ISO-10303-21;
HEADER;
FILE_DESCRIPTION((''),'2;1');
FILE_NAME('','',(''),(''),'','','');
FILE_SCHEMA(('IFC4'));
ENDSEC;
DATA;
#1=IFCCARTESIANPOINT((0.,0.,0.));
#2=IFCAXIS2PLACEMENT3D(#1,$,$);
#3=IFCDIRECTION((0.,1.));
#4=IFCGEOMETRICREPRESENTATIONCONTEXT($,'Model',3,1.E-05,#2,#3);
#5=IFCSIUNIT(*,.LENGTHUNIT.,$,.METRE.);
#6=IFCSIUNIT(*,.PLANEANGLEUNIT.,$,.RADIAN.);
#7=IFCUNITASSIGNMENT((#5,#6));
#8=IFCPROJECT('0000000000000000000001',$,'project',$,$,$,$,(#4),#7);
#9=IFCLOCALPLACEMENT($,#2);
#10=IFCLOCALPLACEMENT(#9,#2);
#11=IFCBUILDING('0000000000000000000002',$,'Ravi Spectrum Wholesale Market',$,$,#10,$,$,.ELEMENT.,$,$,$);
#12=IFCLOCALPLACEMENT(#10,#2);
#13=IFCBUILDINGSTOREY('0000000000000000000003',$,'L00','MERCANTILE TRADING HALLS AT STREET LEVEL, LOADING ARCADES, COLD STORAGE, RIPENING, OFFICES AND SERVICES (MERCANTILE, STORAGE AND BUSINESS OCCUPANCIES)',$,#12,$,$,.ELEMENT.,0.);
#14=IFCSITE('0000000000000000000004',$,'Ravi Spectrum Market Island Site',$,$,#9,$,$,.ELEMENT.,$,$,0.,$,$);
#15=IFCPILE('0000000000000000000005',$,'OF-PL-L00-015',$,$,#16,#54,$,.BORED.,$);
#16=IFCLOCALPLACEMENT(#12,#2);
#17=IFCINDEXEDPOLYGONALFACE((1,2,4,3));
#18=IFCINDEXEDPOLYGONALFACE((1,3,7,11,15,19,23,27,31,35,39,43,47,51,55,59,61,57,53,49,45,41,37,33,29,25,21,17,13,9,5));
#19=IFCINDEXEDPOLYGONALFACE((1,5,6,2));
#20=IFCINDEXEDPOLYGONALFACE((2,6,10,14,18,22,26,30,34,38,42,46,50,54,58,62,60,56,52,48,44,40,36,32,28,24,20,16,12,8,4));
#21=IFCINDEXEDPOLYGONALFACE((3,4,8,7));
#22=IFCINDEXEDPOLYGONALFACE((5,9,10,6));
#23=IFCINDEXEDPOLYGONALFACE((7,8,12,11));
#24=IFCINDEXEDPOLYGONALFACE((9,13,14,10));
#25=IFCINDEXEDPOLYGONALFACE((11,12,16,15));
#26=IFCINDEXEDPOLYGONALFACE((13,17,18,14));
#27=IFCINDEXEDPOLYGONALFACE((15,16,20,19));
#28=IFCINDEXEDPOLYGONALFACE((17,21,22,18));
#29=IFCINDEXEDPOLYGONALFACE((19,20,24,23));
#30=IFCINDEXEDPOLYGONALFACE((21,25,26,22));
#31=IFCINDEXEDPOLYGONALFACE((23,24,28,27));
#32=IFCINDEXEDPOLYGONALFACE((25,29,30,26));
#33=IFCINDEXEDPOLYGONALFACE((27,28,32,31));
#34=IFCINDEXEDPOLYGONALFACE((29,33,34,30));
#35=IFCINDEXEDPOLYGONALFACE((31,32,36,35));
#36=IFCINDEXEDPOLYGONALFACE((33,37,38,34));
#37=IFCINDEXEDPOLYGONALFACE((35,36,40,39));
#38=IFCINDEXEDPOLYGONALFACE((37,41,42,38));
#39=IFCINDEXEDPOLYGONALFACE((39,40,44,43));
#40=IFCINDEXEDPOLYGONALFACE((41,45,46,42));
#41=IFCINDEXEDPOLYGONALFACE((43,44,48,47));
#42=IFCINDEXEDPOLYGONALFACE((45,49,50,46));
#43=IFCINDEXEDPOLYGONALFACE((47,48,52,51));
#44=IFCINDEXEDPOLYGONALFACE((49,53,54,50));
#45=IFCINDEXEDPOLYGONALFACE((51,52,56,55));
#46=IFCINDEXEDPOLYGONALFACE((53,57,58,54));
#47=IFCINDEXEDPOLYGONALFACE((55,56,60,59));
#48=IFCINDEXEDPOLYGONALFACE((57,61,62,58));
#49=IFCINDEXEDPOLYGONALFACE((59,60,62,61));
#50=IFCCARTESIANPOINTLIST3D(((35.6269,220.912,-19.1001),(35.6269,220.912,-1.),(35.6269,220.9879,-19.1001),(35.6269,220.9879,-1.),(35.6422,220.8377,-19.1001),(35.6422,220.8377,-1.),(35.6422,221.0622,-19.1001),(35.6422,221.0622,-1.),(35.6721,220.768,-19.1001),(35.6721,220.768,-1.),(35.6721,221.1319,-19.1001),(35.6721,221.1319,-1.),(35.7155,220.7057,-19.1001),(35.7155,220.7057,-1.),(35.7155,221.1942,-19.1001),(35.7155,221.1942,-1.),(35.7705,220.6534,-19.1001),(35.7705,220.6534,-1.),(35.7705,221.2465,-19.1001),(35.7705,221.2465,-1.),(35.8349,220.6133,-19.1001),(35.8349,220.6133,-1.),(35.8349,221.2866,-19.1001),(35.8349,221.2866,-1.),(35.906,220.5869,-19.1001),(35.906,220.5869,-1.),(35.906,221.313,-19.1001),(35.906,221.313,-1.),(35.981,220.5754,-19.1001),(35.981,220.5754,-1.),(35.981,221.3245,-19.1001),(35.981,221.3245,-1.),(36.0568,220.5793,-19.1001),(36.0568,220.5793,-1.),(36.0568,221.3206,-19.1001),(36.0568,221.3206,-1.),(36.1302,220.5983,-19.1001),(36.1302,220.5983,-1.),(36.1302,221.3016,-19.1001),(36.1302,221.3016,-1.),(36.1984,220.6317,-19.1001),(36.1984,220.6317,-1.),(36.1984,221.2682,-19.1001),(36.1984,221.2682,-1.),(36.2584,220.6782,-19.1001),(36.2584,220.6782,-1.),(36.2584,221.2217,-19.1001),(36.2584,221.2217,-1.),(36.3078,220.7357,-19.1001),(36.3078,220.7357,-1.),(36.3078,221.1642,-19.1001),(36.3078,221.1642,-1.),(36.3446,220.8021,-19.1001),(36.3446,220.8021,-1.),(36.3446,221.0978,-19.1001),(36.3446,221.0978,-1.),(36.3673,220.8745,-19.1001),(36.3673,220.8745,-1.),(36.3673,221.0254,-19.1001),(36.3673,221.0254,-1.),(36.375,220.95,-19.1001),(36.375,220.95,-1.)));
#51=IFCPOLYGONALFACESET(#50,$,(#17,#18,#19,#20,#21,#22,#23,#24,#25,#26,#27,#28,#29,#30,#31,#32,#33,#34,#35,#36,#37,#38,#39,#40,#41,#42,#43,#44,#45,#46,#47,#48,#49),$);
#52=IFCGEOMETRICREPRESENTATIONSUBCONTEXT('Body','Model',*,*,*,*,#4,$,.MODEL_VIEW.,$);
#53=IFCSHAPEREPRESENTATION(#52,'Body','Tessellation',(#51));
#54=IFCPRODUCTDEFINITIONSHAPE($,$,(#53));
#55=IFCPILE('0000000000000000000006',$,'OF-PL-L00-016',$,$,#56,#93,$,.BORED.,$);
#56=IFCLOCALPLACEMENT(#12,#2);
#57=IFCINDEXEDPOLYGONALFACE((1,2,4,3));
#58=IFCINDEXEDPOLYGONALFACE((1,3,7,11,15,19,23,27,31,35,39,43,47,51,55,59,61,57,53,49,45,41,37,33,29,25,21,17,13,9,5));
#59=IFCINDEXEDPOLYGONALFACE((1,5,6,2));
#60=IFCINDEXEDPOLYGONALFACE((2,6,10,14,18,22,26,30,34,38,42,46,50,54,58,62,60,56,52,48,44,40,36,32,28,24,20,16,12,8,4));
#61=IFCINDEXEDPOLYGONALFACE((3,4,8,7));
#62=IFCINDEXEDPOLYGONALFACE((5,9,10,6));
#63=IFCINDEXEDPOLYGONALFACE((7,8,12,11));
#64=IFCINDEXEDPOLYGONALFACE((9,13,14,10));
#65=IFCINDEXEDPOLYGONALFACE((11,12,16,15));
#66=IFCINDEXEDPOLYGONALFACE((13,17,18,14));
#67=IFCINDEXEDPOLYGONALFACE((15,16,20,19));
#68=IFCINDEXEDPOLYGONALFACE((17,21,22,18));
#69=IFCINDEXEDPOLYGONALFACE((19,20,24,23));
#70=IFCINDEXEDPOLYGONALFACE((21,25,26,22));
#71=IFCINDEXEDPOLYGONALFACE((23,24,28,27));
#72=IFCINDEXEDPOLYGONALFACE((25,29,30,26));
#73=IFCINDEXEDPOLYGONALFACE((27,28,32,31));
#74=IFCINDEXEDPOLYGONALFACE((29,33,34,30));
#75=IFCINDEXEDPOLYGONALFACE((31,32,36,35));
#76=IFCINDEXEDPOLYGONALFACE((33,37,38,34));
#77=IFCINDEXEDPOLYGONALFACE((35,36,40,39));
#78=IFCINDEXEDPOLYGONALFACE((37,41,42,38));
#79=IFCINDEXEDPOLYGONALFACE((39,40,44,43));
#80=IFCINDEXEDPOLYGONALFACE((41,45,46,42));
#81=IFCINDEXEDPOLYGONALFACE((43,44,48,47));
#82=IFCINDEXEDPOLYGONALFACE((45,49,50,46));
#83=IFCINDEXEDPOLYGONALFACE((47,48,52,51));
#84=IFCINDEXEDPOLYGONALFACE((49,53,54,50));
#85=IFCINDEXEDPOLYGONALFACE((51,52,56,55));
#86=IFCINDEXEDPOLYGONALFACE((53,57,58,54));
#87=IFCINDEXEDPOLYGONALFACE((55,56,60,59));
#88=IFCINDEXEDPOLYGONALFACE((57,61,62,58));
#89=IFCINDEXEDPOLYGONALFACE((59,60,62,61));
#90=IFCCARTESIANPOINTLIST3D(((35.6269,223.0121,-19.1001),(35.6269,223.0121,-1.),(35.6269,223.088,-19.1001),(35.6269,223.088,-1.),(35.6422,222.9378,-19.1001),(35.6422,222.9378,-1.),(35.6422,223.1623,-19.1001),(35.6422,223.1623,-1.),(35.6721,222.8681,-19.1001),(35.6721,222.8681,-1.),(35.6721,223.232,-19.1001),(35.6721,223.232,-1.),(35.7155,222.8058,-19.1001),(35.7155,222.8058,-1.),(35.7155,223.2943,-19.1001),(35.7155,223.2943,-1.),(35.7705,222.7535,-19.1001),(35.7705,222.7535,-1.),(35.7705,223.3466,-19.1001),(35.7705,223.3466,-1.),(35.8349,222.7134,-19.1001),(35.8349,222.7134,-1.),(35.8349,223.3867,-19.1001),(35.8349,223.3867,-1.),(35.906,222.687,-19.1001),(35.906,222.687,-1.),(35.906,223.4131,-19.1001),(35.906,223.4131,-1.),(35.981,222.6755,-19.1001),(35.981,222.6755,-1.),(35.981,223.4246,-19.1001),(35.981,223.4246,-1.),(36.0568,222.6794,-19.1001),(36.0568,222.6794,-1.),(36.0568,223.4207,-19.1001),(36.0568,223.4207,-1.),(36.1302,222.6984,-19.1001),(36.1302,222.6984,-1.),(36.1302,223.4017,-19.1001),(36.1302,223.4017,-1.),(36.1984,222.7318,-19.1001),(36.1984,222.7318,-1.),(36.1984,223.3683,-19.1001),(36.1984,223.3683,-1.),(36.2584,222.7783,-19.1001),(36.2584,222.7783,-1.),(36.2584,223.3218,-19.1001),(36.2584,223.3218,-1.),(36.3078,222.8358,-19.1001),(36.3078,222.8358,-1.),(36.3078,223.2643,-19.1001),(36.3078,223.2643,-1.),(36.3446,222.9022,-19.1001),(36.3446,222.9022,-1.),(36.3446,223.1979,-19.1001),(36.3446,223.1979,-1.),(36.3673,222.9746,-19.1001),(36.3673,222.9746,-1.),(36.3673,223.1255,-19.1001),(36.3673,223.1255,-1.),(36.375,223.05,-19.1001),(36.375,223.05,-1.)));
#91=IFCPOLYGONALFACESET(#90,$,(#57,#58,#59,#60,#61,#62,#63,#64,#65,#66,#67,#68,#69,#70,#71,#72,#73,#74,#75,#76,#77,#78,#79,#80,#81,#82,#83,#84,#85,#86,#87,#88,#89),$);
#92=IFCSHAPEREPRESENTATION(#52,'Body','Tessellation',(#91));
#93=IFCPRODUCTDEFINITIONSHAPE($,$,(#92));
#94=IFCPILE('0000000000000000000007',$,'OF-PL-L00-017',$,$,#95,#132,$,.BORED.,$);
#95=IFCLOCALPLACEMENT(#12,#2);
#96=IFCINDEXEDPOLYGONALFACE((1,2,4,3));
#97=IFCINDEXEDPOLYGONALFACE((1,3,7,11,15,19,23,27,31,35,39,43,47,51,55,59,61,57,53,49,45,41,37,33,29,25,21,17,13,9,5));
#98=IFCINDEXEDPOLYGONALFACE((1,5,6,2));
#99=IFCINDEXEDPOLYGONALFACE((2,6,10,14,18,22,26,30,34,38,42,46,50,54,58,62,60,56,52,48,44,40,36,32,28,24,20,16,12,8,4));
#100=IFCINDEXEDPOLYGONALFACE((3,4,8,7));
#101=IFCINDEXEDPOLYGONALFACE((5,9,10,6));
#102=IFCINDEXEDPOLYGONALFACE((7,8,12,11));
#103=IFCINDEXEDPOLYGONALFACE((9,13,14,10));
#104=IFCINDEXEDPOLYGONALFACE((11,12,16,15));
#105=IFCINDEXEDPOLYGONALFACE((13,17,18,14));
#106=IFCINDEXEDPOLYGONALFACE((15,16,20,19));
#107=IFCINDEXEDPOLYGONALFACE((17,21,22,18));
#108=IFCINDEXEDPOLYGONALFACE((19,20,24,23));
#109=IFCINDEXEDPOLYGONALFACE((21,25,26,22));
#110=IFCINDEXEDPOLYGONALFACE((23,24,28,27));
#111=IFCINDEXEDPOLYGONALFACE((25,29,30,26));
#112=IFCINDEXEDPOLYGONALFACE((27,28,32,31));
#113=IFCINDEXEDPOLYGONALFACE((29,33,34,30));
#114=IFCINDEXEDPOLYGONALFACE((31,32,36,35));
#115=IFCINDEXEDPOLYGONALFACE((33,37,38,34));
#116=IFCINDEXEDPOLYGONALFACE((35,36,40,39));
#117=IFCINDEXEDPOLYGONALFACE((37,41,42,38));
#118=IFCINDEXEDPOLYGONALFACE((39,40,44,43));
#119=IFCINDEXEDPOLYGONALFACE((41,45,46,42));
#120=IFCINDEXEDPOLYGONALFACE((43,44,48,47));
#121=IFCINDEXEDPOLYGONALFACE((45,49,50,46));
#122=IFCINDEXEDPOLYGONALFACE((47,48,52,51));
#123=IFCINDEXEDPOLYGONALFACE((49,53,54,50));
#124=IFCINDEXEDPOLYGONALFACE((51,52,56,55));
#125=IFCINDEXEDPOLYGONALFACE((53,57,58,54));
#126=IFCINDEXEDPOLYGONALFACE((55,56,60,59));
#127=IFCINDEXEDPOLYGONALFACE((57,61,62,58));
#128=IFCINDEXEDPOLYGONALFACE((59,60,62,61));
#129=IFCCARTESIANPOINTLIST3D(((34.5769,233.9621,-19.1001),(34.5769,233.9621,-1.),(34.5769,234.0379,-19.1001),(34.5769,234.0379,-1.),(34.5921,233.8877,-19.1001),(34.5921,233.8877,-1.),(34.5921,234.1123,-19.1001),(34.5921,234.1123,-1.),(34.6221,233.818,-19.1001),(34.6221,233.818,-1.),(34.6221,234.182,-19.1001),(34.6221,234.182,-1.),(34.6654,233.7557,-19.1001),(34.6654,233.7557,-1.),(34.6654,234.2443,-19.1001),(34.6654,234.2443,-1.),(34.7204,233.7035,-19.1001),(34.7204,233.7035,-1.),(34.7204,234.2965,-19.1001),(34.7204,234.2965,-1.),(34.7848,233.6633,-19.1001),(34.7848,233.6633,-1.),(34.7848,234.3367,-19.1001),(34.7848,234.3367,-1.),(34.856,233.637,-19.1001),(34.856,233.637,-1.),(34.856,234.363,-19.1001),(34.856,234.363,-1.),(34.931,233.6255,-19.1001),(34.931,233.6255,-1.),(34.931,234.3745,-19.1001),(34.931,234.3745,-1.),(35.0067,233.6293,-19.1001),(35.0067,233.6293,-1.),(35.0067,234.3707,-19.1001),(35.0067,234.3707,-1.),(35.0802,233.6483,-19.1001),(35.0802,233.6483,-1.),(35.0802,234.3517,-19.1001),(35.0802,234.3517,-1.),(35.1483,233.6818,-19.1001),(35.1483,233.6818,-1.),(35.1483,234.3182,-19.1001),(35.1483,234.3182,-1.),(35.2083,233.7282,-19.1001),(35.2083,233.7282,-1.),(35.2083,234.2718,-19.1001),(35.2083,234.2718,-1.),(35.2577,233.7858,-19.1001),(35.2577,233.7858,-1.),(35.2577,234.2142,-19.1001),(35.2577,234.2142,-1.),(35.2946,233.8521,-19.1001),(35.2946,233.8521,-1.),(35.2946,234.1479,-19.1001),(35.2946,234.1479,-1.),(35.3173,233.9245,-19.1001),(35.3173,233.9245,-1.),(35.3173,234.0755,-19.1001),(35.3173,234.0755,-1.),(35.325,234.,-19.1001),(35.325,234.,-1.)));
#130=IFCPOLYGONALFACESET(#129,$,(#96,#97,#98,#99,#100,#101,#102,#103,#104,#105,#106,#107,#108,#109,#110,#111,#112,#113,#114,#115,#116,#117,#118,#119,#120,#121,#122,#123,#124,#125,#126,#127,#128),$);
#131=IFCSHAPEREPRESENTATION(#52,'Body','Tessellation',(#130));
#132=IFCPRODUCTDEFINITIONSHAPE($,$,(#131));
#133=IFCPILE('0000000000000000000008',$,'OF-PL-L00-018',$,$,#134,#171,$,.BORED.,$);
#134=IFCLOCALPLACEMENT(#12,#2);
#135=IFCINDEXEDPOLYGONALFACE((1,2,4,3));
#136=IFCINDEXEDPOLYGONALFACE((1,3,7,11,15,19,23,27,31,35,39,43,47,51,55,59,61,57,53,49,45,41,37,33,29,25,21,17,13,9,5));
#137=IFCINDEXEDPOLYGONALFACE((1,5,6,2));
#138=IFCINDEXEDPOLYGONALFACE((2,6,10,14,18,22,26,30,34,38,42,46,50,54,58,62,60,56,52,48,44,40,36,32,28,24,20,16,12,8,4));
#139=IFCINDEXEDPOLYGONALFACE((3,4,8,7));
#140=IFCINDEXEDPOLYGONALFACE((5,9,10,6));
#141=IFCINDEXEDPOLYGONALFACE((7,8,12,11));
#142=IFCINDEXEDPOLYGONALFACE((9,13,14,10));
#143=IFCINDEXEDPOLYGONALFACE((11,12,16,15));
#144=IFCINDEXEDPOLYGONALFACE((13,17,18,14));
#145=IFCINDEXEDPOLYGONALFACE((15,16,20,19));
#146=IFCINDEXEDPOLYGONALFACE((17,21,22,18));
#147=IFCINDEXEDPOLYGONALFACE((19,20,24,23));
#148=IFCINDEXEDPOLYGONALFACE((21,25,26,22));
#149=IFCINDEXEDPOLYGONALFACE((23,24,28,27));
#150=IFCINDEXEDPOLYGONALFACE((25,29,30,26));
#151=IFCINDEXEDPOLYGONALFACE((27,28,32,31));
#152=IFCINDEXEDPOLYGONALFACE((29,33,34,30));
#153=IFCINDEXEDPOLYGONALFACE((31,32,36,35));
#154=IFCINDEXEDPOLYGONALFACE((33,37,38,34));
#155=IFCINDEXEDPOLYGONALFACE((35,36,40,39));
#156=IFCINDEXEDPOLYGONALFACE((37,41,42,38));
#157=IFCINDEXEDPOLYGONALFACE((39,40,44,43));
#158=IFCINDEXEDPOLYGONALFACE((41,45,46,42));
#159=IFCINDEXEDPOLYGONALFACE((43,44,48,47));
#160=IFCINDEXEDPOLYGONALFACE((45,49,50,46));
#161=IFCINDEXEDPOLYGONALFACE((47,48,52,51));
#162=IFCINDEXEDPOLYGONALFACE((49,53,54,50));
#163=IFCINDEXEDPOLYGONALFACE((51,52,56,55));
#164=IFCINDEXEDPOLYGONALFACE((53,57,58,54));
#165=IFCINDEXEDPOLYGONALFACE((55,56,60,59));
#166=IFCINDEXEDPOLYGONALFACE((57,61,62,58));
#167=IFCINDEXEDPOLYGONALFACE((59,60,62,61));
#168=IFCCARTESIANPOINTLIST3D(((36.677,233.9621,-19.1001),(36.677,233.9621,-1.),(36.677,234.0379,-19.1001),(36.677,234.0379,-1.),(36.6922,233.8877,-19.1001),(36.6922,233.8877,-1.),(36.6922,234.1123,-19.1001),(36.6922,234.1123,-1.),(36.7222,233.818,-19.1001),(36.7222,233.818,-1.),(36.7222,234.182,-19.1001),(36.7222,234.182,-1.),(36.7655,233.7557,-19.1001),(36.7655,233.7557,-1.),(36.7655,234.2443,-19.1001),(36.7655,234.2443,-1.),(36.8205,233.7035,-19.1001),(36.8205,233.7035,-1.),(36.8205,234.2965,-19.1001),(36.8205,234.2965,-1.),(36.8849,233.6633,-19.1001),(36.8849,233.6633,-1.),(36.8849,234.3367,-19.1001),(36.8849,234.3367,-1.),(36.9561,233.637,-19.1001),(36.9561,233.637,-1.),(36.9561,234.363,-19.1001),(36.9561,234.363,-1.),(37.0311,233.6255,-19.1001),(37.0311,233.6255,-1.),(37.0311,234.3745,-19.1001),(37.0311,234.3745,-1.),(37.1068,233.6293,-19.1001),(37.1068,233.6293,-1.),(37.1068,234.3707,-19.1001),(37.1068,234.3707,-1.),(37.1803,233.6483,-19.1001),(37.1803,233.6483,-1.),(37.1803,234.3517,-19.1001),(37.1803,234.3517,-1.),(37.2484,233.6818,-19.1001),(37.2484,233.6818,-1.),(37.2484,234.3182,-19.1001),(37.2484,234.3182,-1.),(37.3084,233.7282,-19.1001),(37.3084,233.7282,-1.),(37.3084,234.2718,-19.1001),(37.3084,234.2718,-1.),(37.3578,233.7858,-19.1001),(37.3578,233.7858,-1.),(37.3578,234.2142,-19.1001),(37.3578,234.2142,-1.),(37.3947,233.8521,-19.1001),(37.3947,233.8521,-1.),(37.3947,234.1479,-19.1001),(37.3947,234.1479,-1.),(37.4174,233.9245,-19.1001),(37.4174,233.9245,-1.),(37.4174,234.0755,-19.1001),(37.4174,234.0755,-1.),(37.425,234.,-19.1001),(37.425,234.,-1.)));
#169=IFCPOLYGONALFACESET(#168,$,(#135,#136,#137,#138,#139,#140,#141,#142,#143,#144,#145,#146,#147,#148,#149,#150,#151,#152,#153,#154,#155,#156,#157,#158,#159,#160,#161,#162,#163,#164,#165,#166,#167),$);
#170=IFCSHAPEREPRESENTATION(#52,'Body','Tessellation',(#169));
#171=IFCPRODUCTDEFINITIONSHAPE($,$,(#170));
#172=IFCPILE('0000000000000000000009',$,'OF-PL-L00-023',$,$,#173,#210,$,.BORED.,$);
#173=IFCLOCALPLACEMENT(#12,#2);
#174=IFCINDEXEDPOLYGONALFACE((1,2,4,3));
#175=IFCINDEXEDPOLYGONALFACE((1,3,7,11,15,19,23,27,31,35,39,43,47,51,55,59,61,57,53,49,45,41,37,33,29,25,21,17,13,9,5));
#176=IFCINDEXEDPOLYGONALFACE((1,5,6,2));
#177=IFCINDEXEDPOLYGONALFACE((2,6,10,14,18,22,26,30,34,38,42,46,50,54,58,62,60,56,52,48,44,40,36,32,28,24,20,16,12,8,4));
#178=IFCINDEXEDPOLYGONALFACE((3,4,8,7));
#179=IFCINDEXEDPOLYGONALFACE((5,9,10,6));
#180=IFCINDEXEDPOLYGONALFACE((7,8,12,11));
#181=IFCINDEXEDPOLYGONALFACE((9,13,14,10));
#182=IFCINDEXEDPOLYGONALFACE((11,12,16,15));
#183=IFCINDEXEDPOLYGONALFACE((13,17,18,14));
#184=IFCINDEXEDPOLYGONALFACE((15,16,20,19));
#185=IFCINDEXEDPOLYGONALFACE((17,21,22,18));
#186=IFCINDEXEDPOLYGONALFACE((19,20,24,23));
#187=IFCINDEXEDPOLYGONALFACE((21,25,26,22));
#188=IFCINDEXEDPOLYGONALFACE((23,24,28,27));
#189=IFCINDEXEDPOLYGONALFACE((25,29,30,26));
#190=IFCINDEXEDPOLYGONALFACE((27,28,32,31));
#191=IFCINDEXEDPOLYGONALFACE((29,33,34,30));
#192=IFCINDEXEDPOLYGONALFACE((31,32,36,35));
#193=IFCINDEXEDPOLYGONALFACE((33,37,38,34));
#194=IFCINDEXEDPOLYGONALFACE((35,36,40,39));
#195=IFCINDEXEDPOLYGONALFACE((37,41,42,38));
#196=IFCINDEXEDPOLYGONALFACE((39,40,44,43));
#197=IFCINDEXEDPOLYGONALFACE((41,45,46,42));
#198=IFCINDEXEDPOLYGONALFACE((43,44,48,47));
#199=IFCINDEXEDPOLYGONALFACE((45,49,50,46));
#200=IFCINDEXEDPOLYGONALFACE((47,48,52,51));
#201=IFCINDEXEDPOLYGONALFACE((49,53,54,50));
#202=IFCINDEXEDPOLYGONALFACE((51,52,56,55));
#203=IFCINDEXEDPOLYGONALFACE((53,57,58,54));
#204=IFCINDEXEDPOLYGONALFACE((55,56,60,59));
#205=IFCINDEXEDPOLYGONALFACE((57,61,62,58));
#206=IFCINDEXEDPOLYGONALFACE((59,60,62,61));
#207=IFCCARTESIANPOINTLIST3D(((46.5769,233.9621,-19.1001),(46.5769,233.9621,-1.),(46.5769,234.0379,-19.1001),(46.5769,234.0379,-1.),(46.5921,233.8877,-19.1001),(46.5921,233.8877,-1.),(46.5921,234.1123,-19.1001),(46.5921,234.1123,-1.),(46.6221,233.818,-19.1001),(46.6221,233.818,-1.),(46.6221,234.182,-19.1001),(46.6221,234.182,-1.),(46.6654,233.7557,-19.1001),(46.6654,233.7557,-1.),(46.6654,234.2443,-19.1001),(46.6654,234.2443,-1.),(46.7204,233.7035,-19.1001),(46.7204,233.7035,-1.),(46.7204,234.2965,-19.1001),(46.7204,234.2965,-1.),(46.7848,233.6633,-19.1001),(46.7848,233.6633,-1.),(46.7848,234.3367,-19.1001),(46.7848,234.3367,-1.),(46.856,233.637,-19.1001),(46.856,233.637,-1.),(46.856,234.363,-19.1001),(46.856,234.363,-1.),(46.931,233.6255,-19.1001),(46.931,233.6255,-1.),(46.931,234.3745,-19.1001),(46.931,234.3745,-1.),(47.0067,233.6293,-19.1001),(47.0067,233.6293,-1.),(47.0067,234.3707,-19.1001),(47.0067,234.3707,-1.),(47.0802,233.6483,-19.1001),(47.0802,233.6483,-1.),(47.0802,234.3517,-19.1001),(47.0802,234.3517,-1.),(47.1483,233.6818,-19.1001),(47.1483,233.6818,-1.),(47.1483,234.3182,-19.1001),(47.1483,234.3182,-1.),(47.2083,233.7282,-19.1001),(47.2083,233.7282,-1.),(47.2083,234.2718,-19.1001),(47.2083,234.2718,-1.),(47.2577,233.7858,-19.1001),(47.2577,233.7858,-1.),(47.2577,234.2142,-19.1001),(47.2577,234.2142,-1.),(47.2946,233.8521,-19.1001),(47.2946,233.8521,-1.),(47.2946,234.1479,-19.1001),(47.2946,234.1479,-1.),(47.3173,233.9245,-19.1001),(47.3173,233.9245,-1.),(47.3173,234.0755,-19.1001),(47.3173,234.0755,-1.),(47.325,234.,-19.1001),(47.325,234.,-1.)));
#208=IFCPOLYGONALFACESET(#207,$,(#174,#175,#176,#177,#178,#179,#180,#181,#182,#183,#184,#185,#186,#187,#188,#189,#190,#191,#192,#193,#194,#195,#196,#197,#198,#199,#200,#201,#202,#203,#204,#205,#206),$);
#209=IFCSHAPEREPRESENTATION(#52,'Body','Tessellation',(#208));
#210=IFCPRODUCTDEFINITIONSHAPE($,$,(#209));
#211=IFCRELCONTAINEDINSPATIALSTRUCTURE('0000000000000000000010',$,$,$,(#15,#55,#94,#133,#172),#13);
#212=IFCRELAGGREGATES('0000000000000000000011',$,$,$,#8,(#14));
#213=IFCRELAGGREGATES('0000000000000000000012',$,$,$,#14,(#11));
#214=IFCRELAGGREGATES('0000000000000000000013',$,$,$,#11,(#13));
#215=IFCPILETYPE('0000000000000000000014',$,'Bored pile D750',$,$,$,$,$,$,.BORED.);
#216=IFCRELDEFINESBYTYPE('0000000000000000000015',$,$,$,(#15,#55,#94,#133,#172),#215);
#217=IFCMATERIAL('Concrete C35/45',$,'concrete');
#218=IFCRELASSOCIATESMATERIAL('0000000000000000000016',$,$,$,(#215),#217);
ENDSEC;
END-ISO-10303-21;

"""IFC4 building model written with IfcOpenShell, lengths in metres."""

from ifc_helpers import new_model, si_unit, direction, frame, origin, origin_2d, place, context, subcontext, project, spatial, circle, extrude, material, material_profile, profile_set, type_object, element, save


model = new_model("IFC4")

# Units and contexts
model_context = context("Model", 3, precision=1e-05, world=origin(), true_north=direction((0.0, 1.0)))
body_context = subcontext(model_context, "Body", "Model", "MODEL_VIEW")
ifc_project = project(units=[si_unit("LENGTHUNIT", "METRE"), si_unit("PLANEANGLEUNIT", "RADIAN")], contexts=[model_context])

# Site, building, storey
site_placement = place(None, origin())
site = spatial("IfcSite", under=ifc_project, at=site_placement, Name="Ravi Spectrum Market Island Site", CompositionType="ELEMENT", RefElevation=0.0)
building_placement = place(site_placement, origin())
building = spatial("IfcBuilding", under=site, at=building_placement, Name="Ravi Spectrum Wholesale Market", CompositionType="ELEMENT")
storey_placement = place(building_placement, origin())
storey = spatial("IfcBuildingStorey", under=building, at=storey_placement, Name="L00", Description="MERCANTILE TRADING HALLS AT STREET LEVEL, LOADING ARCADES, COLD STORAGE, RIPENING, OFFICES AND SERVICES (MERCANTILE, STORAGE AND BUSINESS OCCUPANCIES)", CompositionType="ELEMENT", Elevation=0.0)

# Piles
ifc_material_1 = material(Name="Concrete C35/45", Category="concrete")
ifc_material_profile_1 = material_profile(ifc_material_1, circle(Radius=0.375, at=origin_2d()))
ifc_profile_set_1 = profile_set([ifc_material_profile_1], Name="Concrete C35/45")
pile_type = type_object("IfcPileType", Name="Bored pile D750", PredefinedType="BORED", material=ifc_profile_set_1)
for number, where, z_axis, x_axis, name in (
    (1, (36.0, 220.95, -1.0), (0.0, 0.0, -1.0), (1.0, 0.0, 0.0), "OF-PL-L00-015"),
    (2, (36.0, 223.05, -1.0), (0.0, 0.0, -1.0), (1.0, 0.0, 0.0), "OF-PL-L00-016"),
    (3, (34.95, 234.0, -1.0), (0.0, 0.0, -1.0), (1.0, 0.0, 0.0), "OF-PL-L00-017"),
    (4, (37.05, 234.0, -1.0), (0.0, 0.0, -1.0), (1.0, 0.0, 0.0), "OF-PL-L00-018"),
    (5, (46.95, 234.0, -1.0), (0.0, 0.0, -1.0), (1.0, 0.0, 0.0), "OF-PL-L00-023"),
):
    element("IfcPile", number, at=place(storey_placement, frame(where, z_axis=z_axis, x_axis=x_axis)), inside=storey, type_object=pile_type, Name=name, PredefinedType="BORED", context=body_context, shape_type="SweptSolid", body=[
        extrude(circle(Radius=0.375, at=origin_2d()), origin(), (0.0, 0.0, 1.0), 18.1001),
    ])

save(model, "model.ifc")
